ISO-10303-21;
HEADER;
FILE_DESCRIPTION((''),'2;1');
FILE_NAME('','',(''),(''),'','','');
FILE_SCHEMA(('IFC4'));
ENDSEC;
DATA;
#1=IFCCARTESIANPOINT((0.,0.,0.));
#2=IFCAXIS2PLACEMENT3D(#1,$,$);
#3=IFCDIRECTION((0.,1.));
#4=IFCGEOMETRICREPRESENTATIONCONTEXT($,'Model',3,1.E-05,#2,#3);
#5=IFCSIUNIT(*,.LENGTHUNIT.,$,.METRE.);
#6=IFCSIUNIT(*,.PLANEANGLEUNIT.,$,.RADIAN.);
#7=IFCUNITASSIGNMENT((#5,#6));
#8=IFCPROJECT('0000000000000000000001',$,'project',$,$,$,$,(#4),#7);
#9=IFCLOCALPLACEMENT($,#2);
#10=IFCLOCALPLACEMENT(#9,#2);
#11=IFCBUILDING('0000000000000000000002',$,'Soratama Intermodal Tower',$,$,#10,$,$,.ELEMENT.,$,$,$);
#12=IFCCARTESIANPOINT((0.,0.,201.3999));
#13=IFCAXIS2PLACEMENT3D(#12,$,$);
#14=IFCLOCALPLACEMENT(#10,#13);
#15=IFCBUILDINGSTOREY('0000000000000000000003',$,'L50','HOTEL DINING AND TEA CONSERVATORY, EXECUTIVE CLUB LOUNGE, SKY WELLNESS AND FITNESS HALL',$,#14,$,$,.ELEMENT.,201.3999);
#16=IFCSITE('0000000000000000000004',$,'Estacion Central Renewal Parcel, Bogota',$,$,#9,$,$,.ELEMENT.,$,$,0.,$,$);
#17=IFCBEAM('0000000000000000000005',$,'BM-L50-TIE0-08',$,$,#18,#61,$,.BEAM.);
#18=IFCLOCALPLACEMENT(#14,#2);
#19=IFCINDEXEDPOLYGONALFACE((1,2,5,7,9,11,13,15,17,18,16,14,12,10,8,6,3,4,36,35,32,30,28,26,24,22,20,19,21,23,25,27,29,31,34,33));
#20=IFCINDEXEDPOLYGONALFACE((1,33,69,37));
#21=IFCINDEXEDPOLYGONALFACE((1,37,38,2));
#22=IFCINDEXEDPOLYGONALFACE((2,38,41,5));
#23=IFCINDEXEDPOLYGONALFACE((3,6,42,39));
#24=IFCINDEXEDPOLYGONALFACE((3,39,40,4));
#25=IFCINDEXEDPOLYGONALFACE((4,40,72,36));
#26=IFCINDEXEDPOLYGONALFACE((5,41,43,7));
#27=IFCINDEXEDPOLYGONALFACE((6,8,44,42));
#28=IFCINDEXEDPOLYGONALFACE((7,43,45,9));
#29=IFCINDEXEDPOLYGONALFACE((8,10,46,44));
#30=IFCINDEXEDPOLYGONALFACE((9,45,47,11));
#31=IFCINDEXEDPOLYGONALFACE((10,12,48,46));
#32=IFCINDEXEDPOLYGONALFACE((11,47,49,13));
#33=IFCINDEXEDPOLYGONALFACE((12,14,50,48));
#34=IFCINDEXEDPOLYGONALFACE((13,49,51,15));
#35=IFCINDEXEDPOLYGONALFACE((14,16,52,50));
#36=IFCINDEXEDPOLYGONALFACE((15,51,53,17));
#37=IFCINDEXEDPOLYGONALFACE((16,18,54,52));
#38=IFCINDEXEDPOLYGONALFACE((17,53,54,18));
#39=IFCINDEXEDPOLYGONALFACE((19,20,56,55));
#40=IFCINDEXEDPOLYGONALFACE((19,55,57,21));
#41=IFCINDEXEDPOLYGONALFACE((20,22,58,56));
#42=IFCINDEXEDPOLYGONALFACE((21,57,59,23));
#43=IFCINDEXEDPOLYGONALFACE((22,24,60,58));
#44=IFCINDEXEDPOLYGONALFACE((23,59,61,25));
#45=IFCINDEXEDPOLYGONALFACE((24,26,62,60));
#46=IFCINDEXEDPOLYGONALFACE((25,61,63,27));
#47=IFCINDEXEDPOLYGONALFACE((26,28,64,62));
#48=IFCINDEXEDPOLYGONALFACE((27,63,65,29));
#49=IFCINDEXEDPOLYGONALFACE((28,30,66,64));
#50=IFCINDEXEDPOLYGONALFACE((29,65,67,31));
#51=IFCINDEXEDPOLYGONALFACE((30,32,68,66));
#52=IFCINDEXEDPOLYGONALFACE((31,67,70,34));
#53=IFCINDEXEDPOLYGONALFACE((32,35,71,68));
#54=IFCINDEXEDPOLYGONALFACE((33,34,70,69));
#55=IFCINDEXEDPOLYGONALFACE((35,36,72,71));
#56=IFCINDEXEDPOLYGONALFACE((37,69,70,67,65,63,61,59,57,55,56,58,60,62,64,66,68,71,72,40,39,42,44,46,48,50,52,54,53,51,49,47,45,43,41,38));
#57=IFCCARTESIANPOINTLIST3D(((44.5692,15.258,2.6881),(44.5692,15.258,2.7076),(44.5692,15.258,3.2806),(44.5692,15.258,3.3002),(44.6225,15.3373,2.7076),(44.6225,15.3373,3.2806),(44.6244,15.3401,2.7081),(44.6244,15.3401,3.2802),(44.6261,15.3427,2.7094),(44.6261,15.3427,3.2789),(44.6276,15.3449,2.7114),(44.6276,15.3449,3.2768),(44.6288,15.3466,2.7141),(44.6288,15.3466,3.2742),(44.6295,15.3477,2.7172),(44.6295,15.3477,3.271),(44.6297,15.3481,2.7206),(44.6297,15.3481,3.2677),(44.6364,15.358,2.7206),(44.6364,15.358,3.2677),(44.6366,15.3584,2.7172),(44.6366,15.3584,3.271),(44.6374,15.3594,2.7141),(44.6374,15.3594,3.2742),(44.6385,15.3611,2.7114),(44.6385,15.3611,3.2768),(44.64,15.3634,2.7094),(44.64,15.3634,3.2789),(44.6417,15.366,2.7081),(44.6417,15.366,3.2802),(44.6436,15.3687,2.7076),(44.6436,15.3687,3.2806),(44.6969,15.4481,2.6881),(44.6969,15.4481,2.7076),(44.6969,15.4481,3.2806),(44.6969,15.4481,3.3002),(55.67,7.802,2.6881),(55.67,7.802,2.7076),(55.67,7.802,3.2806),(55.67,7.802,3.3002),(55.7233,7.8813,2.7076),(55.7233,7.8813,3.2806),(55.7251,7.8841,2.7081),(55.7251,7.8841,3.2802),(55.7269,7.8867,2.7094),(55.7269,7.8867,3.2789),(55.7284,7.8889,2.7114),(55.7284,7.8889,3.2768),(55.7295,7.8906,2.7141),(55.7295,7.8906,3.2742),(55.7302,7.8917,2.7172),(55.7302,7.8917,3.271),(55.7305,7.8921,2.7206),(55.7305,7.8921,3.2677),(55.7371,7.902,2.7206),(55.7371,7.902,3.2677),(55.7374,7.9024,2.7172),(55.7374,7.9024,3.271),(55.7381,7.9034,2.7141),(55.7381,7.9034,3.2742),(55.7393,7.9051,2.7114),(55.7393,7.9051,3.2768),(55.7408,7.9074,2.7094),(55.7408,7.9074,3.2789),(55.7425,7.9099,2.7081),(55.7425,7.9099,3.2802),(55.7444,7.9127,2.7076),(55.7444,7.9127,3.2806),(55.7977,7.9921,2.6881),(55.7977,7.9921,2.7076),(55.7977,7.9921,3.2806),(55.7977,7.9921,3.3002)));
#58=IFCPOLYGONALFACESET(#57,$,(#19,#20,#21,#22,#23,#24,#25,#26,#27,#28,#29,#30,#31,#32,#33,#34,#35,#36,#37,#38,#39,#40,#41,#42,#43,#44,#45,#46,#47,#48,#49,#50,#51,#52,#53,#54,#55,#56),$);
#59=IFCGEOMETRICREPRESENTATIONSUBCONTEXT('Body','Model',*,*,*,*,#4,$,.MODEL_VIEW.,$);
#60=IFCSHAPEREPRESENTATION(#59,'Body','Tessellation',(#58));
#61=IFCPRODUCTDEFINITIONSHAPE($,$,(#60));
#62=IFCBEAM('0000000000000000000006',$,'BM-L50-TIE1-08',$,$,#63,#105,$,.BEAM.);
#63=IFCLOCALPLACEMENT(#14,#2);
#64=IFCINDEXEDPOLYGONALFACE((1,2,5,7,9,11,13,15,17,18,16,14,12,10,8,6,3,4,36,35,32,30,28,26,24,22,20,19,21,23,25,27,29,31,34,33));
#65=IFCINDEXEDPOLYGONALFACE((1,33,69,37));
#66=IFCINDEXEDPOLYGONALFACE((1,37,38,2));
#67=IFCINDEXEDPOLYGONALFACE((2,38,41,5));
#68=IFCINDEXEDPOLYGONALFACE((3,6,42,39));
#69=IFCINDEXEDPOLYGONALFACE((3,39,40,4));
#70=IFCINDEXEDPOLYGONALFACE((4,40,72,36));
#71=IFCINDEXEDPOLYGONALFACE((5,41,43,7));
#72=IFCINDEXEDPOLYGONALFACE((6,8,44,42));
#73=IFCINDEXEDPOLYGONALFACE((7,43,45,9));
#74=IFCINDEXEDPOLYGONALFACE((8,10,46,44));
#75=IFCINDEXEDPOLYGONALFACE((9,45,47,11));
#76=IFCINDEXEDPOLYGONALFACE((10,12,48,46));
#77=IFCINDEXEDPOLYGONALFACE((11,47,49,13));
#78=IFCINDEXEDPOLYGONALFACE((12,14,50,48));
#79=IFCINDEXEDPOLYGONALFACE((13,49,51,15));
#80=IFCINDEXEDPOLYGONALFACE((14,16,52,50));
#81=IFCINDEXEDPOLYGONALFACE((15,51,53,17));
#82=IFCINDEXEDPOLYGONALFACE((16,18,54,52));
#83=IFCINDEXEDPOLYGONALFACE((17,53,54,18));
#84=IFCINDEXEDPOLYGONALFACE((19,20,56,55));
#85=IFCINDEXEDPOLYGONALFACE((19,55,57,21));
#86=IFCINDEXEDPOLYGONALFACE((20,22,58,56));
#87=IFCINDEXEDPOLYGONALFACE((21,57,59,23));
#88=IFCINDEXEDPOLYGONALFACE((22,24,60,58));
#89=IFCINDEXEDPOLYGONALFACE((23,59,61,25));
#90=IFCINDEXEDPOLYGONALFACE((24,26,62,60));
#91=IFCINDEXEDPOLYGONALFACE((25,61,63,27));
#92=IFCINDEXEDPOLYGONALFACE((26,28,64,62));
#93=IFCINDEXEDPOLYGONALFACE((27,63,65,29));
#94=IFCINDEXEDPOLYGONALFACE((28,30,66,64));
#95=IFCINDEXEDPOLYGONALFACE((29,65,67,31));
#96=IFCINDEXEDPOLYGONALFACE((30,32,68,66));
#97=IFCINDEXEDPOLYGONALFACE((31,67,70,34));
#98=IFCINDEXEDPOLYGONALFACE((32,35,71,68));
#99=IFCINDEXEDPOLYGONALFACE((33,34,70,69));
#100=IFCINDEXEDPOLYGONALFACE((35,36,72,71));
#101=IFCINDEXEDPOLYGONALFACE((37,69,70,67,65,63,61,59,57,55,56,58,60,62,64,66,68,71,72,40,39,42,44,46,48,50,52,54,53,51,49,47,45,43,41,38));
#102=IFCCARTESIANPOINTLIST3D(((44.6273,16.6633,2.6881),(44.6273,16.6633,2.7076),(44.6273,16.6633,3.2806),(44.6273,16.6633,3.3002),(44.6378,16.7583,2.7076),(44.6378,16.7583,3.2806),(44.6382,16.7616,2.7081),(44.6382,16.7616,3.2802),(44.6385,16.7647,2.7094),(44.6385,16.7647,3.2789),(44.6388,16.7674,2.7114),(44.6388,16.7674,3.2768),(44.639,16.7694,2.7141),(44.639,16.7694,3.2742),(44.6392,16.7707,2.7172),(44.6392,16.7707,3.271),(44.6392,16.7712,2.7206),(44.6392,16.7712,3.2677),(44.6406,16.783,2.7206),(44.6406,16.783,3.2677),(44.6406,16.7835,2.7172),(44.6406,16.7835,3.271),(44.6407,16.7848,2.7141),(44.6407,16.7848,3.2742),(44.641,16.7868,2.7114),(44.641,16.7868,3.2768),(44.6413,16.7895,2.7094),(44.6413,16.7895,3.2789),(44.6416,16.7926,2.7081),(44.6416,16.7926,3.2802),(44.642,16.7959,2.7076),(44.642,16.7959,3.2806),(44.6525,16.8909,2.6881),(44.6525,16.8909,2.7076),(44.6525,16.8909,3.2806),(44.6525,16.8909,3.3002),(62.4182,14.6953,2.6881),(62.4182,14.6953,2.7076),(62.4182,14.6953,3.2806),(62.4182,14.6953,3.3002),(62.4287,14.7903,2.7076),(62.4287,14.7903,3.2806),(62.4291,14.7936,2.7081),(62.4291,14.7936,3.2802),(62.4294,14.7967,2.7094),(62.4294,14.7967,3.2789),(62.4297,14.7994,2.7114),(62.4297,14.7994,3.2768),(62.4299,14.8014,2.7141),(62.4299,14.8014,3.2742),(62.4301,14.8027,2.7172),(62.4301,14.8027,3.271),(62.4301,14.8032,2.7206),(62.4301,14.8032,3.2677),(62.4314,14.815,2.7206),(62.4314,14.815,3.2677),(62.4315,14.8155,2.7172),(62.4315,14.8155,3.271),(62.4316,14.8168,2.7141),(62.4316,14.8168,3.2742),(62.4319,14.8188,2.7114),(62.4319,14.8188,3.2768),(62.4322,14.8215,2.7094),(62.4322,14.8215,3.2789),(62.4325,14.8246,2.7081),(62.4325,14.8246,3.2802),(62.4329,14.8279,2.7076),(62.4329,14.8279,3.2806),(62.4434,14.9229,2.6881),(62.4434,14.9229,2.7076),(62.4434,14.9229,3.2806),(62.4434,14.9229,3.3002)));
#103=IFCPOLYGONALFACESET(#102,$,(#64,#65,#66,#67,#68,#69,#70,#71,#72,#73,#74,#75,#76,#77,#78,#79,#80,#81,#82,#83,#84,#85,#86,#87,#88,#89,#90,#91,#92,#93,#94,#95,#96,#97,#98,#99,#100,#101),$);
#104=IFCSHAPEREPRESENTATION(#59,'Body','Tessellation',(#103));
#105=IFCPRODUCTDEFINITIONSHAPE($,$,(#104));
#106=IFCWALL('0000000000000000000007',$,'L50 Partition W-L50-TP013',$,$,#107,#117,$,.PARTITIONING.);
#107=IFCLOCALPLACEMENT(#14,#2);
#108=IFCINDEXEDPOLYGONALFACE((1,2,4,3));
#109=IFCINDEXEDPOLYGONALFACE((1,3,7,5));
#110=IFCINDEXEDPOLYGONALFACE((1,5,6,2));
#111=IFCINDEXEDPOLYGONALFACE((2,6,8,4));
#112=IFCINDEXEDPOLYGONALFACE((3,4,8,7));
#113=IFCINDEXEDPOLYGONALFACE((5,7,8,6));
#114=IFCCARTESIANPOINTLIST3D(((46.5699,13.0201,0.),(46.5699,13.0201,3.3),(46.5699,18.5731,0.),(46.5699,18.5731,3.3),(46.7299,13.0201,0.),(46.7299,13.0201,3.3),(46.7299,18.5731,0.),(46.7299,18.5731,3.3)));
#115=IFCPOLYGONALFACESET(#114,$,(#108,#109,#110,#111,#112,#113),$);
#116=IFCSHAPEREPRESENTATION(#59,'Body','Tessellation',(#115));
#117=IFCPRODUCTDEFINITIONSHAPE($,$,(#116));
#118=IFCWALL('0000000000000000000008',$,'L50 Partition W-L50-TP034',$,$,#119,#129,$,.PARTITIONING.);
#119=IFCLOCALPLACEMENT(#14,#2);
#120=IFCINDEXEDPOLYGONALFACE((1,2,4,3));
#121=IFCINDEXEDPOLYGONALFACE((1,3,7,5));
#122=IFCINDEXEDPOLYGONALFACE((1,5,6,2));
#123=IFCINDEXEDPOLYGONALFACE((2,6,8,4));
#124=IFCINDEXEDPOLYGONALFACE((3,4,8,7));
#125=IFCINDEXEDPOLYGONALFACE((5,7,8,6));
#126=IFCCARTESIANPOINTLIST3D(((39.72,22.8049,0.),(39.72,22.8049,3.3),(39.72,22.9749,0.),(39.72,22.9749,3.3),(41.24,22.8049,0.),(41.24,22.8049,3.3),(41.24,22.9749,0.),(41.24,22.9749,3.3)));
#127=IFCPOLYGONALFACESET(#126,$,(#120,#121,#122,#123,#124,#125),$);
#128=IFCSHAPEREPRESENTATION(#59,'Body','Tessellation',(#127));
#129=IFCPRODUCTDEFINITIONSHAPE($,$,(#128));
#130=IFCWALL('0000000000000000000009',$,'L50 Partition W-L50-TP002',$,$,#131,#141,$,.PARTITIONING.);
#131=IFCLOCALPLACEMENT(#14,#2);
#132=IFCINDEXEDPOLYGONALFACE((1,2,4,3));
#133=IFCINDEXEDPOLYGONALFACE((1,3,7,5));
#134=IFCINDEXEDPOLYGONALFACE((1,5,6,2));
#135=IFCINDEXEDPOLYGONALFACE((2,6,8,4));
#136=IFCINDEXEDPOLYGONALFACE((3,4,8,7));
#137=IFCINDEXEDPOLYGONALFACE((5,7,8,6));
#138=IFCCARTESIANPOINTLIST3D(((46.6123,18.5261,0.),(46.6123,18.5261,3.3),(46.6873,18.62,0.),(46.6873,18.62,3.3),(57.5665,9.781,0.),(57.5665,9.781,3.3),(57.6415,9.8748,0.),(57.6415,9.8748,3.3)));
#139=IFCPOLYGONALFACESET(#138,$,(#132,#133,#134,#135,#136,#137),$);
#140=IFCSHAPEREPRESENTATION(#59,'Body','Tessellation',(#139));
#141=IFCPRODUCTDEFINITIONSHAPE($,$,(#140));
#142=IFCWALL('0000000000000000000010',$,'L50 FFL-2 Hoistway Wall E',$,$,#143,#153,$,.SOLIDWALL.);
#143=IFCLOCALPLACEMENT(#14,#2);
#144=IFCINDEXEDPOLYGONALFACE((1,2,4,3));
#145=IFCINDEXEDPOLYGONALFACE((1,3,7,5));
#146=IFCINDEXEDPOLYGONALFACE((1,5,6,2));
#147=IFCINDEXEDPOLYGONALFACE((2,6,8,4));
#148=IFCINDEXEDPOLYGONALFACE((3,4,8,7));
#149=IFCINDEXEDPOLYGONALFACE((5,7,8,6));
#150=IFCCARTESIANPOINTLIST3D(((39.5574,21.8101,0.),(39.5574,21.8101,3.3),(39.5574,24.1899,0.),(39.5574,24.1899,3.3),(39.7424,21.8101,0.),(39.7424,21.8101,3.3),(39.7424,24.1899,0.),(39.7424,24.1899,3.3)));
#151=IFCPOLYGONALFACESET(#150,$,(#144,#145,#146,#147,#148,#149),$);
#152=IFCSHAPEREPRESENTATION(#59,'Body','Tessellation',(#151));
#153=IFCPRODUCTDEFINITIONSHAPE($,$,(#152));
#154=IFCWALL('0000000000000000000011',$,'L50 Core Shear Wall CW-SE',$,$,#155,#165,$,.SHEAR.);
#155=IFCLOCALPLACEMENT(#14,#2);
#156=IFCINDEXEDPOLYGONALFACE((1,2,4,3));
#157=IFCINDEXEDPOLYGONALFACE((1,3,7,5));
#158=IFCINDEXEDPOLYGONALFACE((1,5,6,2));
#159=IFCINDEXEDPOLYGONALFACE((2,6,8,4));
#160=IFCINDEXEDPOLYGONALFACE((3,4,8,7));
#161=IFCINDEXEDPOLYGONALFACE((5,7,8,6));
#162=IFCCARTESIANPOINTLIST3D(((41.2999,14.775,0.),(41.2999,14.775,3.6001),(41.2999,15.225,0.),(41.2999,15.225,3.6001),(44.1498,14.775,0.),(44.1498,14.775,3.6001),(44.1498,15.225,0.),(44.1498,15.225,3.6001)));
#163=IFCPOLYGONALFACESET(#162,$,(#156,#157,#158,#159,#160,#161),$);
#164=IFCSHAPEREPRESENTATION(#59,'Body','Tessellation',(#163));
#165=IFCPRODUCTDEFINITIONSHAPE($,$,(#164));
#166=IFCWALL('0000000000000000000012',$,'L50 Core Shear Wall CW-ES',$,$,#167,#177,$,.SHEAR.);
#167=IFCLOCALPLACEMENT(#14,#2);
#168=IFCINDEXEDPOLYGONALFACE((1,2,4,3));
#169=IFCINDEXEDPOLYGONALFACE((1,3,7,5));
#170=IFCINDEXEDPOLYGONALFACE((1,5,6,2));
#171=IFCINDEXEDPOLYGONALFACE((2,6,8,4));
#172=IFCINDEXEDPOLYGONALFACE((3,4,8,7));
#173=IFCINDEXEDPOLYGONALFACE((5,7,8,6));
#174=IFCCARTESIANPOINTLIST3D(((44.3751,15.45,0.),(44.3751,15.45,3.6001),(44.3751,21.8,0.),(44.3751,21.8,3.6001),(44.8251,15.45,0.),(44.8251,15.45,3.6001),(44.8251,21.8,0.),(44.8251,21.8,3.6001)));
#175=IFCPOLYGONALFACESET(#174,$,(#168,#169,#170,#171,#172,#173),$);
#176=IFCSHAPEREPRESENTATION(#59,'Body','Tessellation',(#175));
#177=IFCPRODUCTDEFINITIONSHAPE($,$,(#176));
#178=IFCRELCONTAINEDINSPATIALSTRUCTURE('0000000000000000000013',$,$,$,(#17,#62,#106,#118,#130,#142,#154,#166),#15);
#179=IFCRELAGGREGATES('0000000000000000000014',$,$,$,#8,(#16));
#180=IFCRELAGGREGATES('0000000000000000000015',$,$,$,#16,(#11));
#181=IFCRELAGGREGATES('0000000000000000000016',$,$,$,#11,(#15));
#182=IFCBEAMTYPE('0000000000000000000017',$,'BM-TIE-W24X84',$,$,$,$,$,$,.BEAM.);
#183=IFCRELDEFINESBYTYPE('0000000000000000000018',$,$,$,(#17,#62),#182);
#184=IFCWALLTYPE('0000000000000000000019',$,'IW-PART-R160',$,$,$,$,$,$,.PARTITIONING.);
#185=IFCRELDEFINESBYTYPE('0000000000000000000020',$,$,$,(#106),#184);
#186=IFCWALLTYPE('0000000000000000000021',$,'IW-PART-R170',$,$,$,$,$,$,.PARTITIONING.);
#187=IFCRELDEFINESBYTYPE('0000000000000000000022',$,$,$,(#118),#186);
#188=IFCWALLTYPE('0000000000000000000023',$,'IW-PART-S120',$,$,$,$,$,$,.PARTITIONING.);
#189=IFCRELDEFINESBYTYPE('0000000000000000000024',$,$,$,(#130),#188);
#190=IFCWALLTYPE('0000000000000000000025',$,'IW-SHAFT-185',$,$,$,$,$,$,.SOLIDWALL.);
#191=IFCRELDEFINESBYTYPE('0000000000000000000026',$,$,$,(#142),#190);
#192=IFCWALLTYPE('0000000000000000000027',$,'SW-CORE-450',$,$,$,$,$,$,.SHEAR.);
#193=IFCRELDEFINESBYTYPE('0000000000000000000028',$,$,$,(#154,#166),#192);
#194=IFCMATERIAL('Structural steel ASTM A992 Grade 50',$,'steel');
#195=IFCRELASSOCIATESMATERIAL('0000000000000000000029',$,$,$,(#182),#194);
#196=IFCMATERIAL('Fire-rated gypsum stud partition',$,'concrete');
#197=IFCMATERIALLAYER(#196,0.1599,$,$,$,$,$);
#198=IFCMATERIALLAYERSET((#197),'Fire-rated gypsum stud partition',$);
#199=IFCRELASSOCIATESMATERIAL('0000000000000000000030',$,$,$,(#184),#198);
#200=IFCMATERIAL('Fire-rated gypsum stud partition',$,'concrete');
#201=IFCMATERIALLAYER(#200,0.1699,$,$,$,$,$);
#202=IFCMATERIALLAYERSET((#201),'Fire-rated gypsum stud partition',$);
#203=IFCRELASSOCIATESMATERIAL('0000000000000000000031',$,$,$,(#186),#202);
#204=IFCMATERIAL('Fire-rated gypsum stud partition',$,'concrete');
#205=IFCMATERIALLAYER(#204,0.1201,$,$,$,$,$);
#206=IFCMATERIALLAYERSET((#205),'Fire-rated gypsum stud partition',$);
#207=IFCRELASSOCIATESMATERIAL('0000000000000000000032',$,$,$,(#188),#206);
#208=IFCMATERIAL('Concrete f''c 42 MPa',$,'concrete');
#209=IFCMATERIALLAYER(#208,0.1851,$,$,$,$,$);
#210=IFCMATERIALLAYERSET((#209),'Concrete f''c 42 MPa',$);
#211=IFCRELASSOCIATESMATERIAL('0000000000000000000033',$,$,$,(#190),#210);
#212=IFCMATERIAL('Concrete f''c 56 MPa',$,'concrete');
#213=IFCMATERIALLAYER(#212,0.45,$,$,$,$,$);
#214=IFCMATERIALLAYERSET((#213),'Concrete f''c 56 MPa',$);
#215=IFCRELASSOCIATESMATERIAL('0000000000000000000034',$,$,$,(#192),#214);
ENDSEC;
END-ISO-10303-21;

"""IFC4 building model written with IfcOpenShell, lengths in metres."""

from ifc_helpers import new_model, si_unit, direction, frame, frame_2d, origin, origin_2d, place, context, subcontext, project, spatial, rectangle, i_section, extrude, material, layer, layer_set, material_profile, profile_set, type_object, element, save


model = new_model("IFC4")

# Units and contexts
model_context = context("Model", 3, precision=1e-05, world=origin(), true_north=direction((0.0, 1.0)))
body_context = subcontext(model_context, "Body", "Model", "MODEL_VIEW")
ifc_project = project(units=[si_unit("LENGTHUNIT", "METRE"), si_unit("PLANEANGLEUNIT", "RADIAN")], contexts=[model_context])

# Site, building, storey
site_placement = place(None, origin())
site = spatial("IfcSite", under=ifc_project, at=site_placement, Name="Estacion Central Renewal Parcel, Bogota", CompositionType="ELEMENT", RefElevation=0.0)
building_placement = place(site_placement, origin())
building = spatial("IfcBuilding", under=site, at=building_placement, Name="Soratama Intermodal Tower", CompositionType="ELEMENT")
storey_placement = place(building_placement, frame((0.0, 0.0, 201.3999)))
storey = spatial("IfcBuildingStorey", under=building, at=storey_placement, Name="L50", Description="HOTEL DINING AND TEA CONSERVATORY, EXECUTIVE CLUB LOUNGE, SKY WELLNESS AND FITNESS HALL", CompositionType="ELEMENT", Elevation=201.3999)

# Beams
ifc_material_1 = material(Name="Structural steel ASTM A992 Grade 50", Category="steel")
ifc_material_profile_1 = material_profile(ifc_material_1, i_section(OverallWidth=0.229, OverallDepth=0.6121, WebThickness=0.012, FlangeThickness=0.0195, FilletRadius=0.0129, at=origin_2d()), Name="W24X84")
ifc_profile_set_1 = profile_set([ifc_material_profile_1], Name="Structural steel ASTM A992 Grade 50")
beam_type_1 = type_object("IfcBeamType", Name="BM-TIE-W24X84", PredefinedType="BEAM", material=ifc_profile_set_1)
beam_1_placement = place(storey_placement, frame((44.6331, 15.353, 2.9941), z_axis=(0.83013, -0.55757, 0.0), x_axis=(0.55757, 0.83013, 0.0)))
element("IfcBeam", 1, at=beam_1_placement, inside=storey, type_object=beam_type_1, Name="BM-L50-TIE0-08", PredefinedType="BEAM", context=body_context, shape_type="SweptSolid", body=[
    extrude(i_section(OverallWidth=0.229, OverallDepth=0.6121, WebThickness=0.012, FlangeThickness=0.0195, FilletRadius=0.0129, at=origin_2d()), origin(), (0.0, 0.0, 1.0), 13.3723),
])
beam_2_placement = place(storey_placement, frame((44.6399, 16.7771, 2.9941), z_axis=(0.993937, -0.109948, 0.0), x_axis=(0.109948, 0.993937, 0.0)))
element("IfcBeam", 2, at=beam_2_placement, inside=storey, type_object=beam_type_1, Name="BM-L50-TIE1-08", PredefinedType="BEAM", context=body_context, shape_type="SweptSolid", body=[
    extrude(i_section(OverallWidth=0.229, OverallDepth=0.6121, WebThickness=0.012, FlangeThickness=0.0195, FilletRadius=0.0129, at=origin_2d()), origin(), (0.0, 0.0, 1.0), 17.8994),
])

# Walls
ifc_material_2 = material(Name="Fire-rated gypsum stud partition", Category="concrete")
ifc_layer_1 = layer(ifc_material_2, 0.1599)
ifc_layer_set_1 = layer_set([ifc_layer_1], Name="Fire-rated gypsum stud partition")
wall_type_1 = type_object("IfcWallType", Name="IW-PART-R160", PredefinedType="PARTITIONING", material=ifc_layer_set_1)
wall_1_placement = place(storey_placement, frame((46.6499, 18.573, 0.0), z_axis=(0.0, 0.0, 1.0), x_axis=(0.0, -1.0, 0.0)))
element("IfcWall", 3, at=wall_1_placement, inside=storey, type_object=wall_type_1, Name="L50 Partition W-L50-TP013", PredefinedType="PARTITIONING", context=body_context, shape_type="SweptSolid", body=[
    extrude(rectangle(XDim=5.553, YDim=0.1599, at=frame_2d((2.7764, 0.0))), origin(), (0.0, 0.0, 1.0), 3.3),
])
ifc_material_3 = material(Name="Fire-rated gypsum stud partition", Category="concrete")
ifc_layer_2 = layer(ifc_material_3, 0.1699)
ifc_layer_set_2 = layer_set([ifc_layer_2], Name="Fire-rated gypsum stud partition")
wall_type_2 = type_object("IfcWallType", Name="IW-PART-R170", PredefinedType="PARTITIONING", material=ifc_layer_set_2)
wall_2_placement = place(storey_placement, frame((39.72, 22.8899, 0.0), z_axis=(0.0, 0.0, 1.0), x_axis=(1.0, 0.0, 0.0)))
element("IfcWall", 4, at=wall_2_placement, inside=storey, type_object=wall_type_2, Name="L50 Partition W-L50-TP034", PredefinedType="PARTITIONING", context=body_context, shape_type="SweptSolid", body=[
    extrude(rectangle(XDim=1.52, YDim=0.1699, at=frame_2d((0.76, 0.0))), origin(), (0.0, 0.0, 1.0), 3.3),
])
ifc_material_4 = material(Name="Fire-rated gypsum stud partition", Category="concrete")
ifc_layer_3 = layer(ifc_material_4, 0.1201)
ifc_layer_set_3 = layer_set([ifc_layer_3], Name="Fire-rated gypsum stud partition")
wall_type_3 = type_object("IfcWallType", Name="IW-PART-S120", PredefinedType="PARTITIONING", material=ifc_layer_set_3)
wall_3_placement = place(storey_placement, frame((46.6499, 18.573, 0.0), z_axis=(0.0, 0.0, 1.0), x_axis=(0.781501, -0.623905, 0.0)))
element("IfcWall", 5, at=wall_3_placement, inside=storey, type_object=wall_type_3, Name="L50 Partition W-L50-TP002", PredefinedType="PARTITIONING", context=body_context, shape_type="SweptSolid", body=[
    extrude(rectangle(XDim=14.0168, YDim=0.1201, at=frame_2d((7.0083, 0.0))), origin(), (0.0, 0.0, 1.0), 3.3),
])
ifc_material_5 = material(Name="Concrete f'c 42 MPa", Category="concrete")
ifc_layer_4 = layer(ifc_material_5, 0.1851)
ifc_layer_set_4 = layer_set([ifc_layer_4], Name="Concrete f'c 42 MPa")
wall_type_4 = type_object("IfcWallType", Name="IW-SHAFT-185", PredefinedType="SOLIDWALL", material=ifc_layer_set_4)
wall_4_placement = place(storey_placement, frame((39.6499, 21.8101, 0.0), z_axis=(0.0, 0.0, 1.0), x_axis=(0.0, 1.0, 0.0)))
element("IfcWall", 6, at=wall_4_placement, inside=storey, type_object=wall_type_4, Name="L50 FFL-2 Hoistway Wall E", PredefinedType="SOLIDWALL", context=body_context, shape_type="SweptSolid", body=[
    extrude(rectangle(XDim=2.3799, YDim=0.1851, at=frame_2d((1.1899, 0.0))), origin(), (0.0, 0.0, 1.0), 3.3),
])
ifc_material_6 = material(Name="Concrete f'c 56 MPa", Category="concrete")
ifc_layer_5 = layer(ifc_material_6, 0.45)
ifc_layer_set_5 = layer_set([ifc_layer_5], Name="Concrete f'c 56 MPa")
wall_type_5 = type_object("IfcWallType", Name="SW-CORE-450", PredefinedType="SHEAR", material=ifc_layer_set_5)
wall_5_placement = place(storey_placement, frame((41.3, 15.0, 0.0), z_axis=(0.0, 0.0, 1.0), x_axis=(1.0, 0.0, 0.0)))
element("IfcWall", 7, at=wall_5_placement, inside=storey, type_object=wall_type_5, Name="L50 Core Shear Wall CW-SE", PredefinedType="SHEAR", context=body_context, shape_type="SweptSolid", body=[
    extrude(rectangle(XDim=2.8499, YDim=0.45, at=frame_2d((1.4248, 0.0))), origin(), (0.0, 0.0, 1.0), 3.6001),
])
wall_6_placement = place(storey_placement, frame((44.6001, 15.45, 0.0), z_axis=(0.0, 0.0, 1.0), x_axis=(0.0, 1.0, 0.0)))
element("IfcWall", 8, at=wall_6_placement, inside=storey, type_object=wall_type_5, Name="L50 Core Shear Wall CW-ES", PredefinedType="SHEAR", context=body_context, shape_type="SweptSolid", body=[
    extrude(rectangle(XDim=6.3501, YDim=0.45, at=frame_2d((3.175, 0.0))), origin(), (0.0, 0.0, 1.0), 3.6001),
])

save(model, "model.ifc")
